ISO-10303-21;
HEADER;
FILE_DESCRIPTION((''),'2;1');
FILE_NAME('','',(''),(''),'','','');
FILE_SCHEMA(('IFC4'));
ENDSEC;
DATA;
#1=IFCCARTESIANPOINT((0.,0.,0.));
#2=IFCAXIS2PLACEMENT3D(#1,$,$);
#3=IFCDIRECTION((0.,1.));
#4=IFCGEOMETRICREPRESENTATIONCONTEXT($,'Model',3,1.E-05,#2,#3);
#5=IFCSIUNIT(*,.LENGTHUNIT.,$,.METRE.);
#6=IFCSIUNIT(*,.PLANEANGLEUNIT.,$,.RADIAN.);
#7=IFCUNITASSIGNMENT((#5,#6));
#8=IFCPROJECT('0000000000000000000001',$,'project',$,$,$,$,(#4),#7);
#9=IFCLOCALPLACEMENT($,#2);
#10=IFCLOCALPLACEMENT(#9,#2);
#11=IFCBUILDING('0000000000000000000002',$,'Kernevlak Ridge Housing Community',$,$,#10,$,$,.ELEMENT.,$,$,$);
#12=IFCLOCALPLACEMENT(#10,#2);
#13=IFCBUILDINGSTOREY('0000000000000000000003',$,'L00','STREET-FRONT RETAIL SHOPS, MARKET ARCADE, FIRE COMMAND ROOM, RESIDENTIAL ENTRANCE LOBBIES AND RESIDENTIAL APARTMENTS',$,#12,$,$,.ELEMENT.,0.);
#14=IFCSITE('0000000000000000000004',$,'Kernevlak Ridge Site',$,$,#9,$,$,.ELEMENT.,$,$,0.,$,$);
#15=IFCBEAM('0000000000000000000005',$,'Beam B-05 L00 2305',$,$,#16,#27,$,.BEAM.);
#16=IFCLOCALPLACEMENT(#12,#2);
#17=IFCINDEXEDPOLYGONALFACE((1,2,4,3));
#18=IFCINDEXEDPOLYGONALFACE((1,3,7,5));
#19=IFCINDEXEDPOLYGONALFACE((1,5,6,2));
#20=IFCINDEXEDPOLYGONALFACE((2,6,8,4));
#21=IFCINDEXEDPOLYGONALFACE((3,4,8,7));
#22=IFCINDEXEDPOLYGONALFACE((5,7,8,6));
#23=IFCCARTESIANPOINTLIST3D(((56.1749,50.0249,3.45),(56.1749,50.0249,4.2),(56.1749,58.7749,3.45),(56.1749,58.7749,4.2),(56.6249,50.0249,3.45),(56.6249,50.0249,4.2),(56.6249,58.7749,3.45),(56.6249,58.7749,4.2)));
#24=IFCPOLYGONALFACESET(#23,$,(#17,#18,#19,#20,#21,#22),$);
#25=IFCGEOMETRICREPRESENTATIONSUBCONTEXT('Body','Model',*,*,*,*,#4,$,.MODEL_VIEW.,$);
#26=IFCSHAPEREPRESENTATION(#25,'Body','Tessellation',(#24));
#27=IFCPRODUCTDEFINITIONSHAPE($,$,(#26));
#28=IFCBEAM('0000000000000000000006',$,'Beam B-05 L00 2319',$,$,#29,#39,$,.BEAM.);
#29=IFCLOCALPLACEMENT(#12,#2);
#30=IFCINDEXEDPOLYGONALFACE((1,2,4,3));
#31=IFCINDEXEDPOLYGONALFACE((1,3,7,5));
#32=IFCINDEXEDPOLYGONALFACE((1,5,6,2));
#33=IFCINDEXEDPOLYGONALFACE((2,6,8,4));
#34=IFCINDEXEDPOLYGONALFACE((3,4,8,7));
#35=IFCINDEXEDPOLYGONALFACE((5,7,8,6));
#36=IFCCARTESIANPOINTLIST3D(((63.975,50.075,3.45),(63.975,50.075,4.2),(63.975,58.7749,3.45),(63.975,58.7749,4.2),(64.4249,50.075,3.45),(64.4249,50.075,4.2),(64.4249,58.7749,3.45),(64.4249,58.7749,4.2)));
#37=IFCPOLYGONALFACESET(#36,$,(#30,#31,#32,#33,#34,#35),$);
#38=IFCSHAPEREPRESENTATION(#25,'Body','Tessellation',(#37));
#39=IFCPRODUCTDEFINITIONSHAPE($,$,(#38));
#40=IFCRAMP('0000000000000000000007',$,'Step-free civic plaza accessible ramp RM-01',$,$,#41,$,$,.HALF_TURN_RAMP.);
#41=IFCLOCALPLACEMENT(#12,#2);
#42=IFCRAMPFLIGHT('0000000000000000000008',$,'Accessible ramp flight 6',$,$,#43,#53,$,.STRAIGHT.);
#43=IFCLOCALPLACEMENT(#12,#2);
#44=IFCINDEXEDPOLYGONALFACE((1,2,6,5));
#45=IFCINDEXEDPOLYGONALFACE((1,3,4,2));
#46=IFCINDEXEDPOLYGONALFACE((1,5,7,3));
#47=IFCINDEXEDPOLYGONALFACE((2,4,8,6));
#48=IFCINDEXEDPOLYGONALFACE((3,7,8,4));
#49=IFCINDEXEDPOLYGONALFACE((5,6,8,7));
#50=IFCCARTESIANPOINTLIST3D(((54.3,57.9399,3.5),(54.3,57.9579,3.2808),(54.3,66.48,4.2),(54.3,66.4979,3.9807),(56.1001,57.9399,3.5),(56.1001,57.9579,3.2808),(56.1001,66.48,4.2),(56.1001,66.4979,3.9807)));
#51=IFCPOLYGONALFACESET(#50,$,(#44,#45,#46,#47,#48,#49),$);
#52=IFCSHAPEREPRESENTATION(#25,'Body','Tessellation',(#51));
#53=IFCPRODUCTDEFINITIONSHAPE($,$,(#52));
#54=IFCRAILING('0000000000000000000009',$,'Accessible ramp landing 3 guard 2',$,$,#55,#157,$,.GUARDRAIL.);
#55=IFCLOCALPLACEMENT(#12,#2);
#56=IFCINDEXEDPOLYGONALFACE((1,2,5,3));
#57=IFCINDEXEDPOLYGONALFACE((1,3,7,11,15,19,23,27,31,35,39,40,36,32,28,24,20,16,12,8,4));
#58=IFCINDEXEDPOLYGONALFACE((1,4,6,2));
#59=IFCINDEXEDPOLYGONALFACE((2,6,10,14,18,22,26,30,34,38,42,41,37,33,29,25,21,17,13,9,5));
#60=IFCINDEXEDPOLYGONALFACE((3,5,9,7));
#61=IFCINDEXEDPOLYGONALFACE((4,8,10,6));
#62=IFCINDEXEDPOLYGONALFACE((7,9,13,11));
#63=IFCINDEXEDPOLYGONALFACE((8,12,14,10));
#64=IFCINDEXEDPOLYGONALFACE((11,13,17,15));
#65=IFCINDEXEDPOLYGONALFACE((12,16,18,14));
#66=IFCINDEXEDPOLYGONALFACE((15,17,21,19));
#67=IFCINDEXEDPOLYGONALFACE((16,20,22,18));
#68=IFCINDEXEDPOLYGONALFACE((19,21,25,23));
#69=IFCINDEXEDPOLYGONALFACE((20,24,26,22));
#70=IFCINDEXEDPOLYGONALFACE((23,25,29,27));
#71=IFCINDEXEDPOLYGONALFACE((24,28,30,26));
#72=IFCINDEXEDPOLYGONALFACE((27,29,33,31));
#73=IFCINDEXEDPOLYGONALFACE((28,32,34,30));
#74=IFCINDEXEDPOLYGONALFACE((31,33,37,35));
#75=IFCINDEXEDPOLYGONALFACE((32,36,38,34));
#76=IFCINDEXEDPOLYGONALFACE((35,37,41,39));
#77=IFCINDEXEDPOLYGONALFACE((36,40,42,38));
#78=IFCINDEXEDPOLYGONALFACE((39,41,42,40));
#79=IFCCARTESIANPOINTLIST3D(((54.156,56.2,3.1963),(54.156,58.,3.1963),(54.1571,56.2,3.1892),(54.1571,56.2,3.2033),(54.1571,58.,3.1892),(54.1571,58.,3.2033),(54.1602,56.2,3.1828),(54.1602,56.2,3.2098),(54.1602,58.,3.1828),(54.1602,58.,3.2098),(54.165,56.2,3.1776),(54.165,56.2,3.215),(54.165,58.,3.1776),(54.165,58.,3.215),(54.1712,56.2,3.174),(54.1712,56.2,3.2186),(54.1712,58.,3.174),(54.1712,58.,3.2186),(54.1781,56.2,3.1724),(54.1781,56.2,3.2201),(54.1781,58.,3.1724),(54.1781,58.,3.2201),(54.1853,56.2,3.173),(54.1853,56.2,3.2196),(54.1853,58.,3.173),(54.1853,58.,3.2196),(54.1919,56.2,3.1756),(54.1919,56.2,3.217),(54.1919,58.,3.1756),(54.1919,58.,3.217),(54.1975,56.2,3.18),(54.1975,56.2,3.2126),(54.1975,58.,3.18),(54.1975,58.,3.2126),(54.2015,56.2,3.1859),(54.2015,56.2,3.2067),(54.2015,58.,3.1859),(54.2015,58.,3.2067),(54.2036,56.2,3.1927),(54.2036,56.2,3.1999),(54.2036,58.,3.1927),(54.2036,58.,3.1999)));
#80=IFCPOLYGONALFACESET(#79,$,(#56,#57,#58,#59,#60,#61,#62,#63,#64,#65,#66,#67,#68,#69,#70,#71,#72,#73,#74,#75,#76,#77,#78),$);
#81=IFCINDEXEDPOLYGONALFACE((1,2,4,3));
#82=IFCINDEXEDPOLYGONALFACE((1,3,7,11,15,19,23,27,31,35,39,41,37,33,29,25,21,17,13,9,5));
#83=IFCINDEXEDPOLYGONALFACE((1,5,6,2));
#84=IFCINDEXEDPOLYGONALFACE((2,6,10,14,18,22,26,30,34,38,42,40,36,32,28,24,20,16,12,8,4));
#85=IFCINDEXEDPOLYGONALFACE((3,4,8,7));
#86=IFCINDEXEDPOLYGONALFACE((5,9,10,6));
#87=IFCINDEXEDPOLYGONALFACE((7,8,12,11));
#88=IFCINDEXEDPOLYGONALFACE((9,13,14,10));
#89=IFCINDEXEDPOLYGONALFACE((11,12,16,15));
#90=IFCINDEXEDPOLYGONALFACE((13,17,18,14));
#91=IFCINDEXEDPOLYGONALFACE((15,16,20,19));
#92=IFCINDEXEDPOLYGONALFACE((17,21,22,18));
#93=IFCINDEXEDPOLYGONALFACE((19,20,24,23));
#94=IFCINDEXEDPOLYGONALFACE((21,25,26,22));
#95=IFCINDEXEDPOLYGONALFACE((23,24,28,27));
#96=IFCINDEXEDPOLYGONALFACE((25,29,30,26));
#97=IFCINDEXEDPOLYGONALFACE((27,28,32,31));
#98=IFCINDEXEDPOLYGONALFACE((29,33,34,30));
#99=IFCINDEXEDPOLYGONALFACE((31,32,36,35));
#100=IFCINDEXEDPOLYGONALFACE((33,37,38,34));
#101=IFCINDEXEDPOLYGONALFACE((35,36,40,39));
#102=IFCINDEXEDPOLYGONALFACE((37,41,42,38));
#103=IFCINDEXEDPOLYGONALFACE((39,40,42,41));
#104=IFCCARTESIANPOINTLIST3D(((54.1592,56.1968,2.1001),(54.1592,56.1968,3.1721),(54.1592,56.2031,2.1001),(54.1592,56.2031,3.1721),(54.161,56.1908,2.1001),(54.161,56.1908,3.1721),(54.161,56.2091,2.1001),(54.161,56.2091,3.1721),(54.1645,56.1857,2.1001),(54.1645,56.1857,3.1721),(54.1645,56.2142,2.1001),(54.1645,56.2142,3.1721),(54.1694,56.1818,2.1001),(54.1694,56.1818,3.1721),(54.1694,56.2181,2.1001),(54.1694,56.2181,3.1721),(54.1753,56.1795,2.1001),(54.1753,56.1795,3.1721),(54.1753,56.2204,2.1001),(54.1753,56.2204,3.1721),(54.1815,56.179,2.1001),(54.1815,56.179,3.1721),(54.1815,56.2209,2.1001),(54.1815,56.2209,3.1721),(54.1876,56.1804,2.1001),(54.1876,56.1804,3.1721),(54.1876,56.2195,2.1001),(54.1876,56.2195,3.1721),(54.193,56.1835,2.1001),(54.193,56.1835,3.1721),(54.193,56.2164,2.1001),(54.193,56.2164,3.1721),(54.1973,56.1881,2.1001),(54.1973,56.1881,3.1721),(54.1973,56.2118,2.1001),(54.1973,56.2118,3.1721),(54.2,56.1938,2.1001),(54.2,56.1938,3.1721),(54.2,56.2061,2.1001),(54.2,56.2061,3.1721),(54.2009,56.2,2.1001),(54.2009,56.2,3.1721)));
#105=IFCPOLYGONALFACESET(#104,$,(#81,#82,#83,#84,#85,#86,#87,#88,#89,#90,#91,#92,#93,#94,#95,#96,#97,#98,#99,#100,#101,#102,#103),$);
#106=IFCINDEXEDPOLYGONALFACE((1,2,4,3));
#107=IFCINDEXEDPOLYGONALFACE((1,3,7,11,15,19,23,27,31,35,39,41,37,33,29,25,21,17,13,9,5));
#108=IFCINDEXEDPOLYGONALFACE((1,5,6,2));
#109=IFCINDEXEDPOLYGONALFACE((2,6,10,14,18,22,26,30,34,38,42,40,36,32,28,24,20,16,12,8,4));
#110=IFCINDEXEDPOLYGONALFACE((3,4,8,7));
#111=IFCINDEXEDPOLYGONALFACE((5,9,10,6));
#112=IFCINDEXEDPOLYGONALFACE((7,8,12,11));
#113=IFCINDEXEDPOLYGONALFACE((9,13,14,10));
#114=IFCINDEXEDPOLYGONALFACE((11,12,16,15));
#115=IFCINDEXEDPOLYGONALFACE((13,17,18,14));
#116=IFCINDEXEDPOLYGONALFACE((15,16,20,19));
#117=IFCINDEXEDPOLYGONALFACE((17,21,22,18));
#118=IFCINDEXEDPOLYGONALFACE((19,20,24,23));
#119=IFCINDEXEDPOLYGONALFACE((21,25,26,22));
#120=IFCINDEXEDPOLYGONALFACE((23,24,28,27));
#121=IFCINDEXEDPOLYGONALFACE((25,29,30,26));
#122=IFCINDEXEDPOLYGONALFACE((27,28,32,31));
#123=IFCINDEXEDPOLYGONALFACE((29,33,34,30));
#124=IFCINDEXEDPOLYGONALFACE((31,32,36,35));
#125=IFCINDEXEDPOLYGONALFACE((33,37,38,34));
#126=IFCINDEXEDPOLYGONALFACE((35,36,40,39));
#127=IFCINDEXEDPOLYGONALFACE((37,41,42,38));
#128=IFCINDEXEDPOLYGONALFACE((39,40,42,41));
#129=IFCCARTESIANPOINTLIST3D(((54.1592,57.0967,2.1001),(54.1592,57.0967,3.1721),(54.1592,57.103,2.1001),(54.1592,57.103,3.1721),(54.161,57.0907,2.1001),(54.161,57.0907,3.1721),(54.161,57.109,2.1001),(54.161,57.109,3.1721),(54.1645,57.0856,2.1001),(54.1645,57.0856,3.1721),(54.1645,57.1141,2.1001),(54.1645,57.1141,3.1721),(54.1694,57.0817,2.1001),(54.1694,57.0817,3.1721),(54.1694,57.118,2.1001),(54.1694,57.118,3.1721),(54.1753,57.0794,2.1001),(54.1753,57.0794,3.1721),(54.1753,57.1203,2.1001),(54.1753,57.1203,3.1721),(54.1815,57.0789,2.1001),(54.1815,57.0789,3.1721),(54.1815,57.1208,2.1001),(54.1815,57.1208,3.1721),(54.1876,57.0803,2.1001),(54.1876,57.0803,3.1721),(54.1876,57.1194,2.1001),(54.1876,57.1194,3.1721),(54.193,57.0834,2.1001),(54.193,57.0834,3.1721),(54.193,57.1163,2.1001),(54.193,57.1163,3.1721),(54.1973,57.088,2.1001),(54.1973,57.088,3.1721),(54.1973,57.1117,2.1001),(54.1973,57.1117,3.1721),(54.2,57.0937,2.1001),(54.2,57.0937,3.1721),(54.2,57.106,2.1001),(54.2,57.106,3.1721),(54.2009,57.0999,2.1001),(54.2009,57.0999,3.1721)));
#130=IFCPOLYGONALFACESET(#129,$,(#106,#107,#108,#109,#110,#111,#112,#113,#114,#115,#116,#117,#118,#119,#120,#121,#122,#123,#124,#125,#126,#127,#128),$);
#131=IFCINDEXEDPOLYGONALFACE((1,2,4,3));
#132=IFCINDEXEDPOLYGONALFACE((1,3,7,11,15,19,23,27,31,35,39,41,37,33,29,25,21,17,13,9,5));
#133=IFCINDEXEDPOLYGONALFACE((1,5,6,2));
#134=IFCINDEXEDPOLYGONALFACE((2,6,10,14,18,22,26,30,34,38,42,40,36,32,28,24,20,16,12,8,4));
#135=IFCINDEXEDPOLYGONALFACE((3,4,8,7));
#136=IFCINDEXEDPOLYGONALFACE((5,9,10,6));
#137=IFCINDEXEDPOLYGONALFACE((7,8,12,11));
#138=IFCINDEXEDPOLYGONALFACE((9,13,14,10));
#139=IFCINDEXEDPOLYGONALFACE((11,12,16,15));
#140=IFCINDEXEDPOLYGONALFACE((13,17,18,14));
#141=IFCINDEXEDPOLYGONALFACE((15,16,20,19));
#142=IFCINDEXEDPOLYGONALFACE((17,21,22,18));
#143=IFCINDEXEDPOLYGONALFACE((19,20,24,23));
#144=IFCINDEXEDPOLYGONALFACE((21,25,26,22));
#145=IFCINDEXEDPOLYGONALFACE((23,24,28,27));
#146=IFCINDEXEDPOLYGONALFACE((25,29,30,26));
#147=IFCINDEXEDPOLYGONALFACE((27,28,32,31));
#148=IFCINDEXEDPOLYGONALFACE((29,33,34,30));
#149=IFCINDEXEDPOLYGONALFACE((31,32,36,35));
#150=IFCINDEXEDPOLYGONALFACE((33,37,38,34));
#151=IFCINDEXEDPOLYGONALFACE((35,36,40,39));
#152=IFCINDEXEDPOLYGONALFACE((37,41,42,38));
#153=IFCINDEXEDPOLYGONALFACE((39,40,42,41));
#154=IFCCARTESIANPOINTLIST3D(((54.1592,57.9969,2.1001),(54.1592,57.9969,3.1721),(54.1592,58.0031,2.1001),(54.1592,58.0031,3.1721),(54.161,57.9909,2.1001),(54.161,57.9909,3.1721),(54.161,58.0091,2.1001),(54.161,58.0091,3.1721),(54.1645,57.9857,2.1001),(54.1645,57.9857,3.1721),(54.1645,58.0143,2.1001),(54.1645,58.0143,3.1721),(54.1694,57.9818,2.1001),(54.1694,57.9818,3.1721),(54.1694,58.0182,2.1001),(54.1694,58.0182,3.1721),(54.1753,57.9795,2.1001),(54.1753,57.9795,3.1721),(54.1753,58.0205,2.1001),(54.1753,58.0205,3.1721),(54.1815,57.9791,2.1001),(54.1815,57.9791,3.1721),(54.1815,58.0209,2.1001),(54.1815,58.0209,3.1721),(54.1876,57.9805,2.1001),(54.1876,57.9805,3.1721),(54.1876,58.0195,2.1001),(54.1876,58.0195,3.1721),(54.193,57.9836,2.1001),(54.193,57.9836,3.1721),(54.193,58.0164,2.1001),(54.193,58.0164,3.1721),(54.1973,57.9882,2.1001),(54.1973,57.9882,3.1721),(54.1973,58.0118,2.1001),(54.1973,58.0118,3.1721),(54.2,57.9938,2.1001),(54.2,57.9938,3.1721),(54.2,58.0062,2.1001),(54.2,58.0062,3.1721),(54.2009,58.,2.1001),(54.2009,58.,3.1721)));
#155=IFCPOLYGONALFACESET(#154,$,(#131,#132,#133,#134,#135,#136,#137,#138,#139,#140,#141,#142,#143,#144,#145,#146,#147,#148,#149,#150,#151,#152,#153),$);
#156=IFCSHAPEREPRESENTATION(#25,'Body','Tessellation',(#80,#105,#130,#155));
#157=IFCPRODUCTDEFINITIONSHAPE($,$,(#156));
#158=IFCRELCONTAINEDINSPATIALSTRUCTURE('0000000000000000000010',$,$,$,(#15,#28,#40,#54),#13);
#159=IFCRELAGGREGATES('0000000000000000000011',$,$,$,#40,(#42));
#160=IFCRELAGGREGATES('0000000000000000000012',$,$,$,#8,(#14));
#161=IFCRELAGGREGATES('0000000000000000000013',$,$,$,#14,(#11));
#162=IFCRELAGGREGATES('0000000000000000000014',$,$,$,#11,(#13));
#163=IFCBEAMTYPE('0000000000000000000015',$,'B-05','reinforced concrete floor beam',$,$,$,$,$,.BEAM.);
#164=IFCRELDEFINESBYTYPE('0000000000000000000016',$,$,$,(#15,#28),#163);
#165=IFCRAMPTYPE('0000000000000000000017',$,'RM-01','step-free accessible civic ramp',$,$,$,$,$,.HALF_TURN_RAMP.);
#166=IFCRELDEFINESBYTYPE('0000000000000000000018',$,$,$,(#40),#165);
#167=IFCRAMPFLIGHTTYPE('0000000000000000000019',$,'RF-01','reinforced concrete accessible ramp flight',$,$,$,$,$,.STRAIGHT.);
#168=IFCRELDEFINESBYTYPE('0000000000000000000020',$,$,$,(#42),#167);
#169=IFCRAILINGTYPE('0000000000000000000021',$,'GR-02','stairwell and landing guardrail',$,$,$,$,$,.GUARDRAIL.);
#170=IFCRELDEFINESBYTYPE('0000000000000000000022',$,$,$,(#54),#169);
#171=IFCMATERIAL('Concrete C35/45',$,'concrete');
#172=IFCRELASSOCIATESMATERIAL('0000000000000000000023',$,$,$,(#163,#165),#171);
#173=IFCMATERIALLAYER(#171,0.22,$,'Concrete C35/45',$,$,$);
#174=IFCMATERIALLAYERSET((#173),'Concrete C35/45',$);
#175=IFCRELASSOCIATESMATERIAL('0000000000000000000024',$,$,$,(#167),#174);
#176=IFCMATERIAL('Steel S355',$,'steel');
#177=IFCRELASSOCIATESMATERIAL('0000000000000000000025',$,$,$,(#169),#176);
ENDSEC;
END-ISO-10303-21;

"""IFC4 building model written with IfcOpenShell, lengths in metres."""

from ifc_helpers import new_model, si_unit, direction, frame, origin, origin_2d, place, context, subcontext, project, spatial, polyline, rectangle, circle, outline, extrude, material, layer, layer_set, material_profile, profile_set, type_object, element, aggregate, save


model = new_model("IFC4")

# Units and contexts
model_context = context("Model", 3, precision=1e-05, world=origin(), true_north=direction((0.0, 1.0)))
body_context = subcontext(model_context, "Body", "Model", "MODEL_VIEW")
ifc_project = project(units=[si_unit("LENGTHUNIT", "METRE"), si_unit("PLANEANGLEUNIT", "RADIAN")], contexts=[model_context])

# Site, building, storey
site_placement = place(None, origin())
site = spatial("IfcSite", under=ifc_project, at=site_placement, Name="Kernevlak Ridge Site", CompositionType="ELEMENT", RefElevation=0.0)
building_placement = place(site_placement, origin())
building = spatial("IfcBuilding", under=site, at=building_placement, Name="Kernevlak Ridge Housing Community", CompositionType="ELEMENT")
storey_placement = place(building_placement, origin())
storey = spatial("IfcBuildingStorey", under=building, at=storey_placement, Name="L00", Description="STREET-FRONT RETAIL SHOPS, MARKET ARCADE, FIRE COMMAND ROOM, RESIDENTIAL ENTRANCE LOBBIES AND RESIDENTIAL APARTMENTS", CompositionType="ELEMENT", Elevation=0.0)

# Shared definitions
ifc_material_1 = material(Name="Concrete C35/45", Category="concrete")

# Beams
ifc_material_profile_1 = material_profile(ifc_material_1, rectangle(XDim=0.45, YDim=0.75, at=origin_2d()), Name="RC 450x750")
ifc_profile_set_1 = profile_set([ifc_material_profile_1], Name="Concrete C35/45")
beam_type_1 = type_object("IfcBeamType", Name="B-05", Description="reinforced concrete floor beam", PredefinedType="BEAM", material=ifc_profile_set_1)
beam_1_placement = place(storey_placement, frame((56.3999, 50.0249, 3.825), z_axis=(0.0, 1.0, 0.0), x_axis=(-1.0, 0.0, 0.0)))
element("IfcBeam", 1, at=beam_1_placement, inside=storey, type_object=beam_type_1, Name="Beam B-05 L00 2305", PredefinedType="BEAM", context=body_context, shape_type="SweptSolid", body=[
    extrude(rectangle(XDim=0.45, YDim=0.75, at=origin_2d()), origin(), (0.0, 0.0, 1.0), 8.75),
])
beam_2_placement = place(storey_placement, frame((64.2, 50.075, 3.825), z_axis=(0.0, 1.0, 0.0), x_axis=(-1.0, 0.0, 0.0)))
element("IfcBeam", 2, at=beam_2_placement, inside=storey, type_object=beam_type_1, Name="Beam B-05 L00 2319", PredefinedType="BEAM", context=body_context, shape_type="SweptSolid", body=[
    extrude(rectangle(XDim=0.45, YDim=0.75, at=origin_2d()), origin(), (0.0, 0.0, 1.0), 8.7),
])

# Ramp, ramp flight
ramp_type = type_object("IfcRampType", Name="RM-01", Description="step-free accessible civic ramp", PredefinedType="HALF_TURN_RAMP", material=ifc_material_1)
ramp_placement = place(storey_placement, origin())
ramp = element("IfcRamp", 3, at=ramp_placement, inside=storey, type_object=ramp_type, Name="Step-free civic plaza accessible ramp RM-01", PredefinedType="HALF_TURN_RAMP")
ifc_layer = layer(ifc_material_1, 0.22, Name="Concrete C35/45")
ifc_layer_set = layer_set([ifc_layer], Name="Concrete C35/45")
ramp_flight_type = type_object("IfcRampFlightType", Name="RF-01", Description="reinforced concrete accessible ramp flight", PredefinedType="STRAIGHT", material=ifc_layer_set)
ramp_flight_placement = place(storey_placement, frame((54.3, 57.9399, 3.5), z_axis=(0.0, -0.081687, 0.996658), x_axis=(1.0, 0.0, 0.0)))
ramp_flight = element("IfcRampFlight", 4, at=ramp_flight_placement, type_object=ramp_flight_type, Name="Accessible ramp flight 6", PredefinedType="STRAIGHT", context=body_context, shape_type="SweptSolid", body=[
    extrude(outline(polyline([(0.0, 0.0), (1.8, 0.0), (1.8, 8.5687), (0.0, 8.5687), (0.0, 0.0)])), origin(), (0.0, 0.0, -1.0), 0.22),
])
aggregate(ramp, [ramp_flight])

# Railing
ifc_material_2 = material(Name="Steel S355", Category="steel")
railing_type = type_object("IfcRailingType", Name="GR-02", Description="stairwell and landing guardrail", PredefinedType="GUARDRAIL", material=ifc_material_2)
for number, where, name in (
    (5, (54.1799, 56.2, 2.1001), "Accessible ramp landing 3 guard 2"),
):
    element("IfcRailing", number, at=place(storey_placement, frame(where)), inside=storey, type_object=railing_type, Name=name, PredefinedType="GUARDRAIL", context=body_context, shape_type="SweptSolid", body=[
        extrude(circle(Radius=0.0239, at=origin_2d()), frame((0.0, 0.0, 1.0962), z_axis=(0.0, 1.0, 0.0), x_axis=(-1.0, 0.0, 0.0)), (0.0, 0.0, 1.0), 1.8),
        extrude(circle(Radius=0.021, at=origin_2d()), origin(), (0.0, 0.0, 1.0), 1.072),
        extrude(circle(Radius=0.021, at=origin_2d()), frame((0.0, 0.8999, 0.0)), (0.0, 0.0, 1.0), 1.072),
        extrude(circle(Radius=0.021, at=origin_2d()), frame((0.0, 1.8, 0.0)), (0.0, 0.0, 1.0), 1.072),
    ])

save(model, "model.ifc")
